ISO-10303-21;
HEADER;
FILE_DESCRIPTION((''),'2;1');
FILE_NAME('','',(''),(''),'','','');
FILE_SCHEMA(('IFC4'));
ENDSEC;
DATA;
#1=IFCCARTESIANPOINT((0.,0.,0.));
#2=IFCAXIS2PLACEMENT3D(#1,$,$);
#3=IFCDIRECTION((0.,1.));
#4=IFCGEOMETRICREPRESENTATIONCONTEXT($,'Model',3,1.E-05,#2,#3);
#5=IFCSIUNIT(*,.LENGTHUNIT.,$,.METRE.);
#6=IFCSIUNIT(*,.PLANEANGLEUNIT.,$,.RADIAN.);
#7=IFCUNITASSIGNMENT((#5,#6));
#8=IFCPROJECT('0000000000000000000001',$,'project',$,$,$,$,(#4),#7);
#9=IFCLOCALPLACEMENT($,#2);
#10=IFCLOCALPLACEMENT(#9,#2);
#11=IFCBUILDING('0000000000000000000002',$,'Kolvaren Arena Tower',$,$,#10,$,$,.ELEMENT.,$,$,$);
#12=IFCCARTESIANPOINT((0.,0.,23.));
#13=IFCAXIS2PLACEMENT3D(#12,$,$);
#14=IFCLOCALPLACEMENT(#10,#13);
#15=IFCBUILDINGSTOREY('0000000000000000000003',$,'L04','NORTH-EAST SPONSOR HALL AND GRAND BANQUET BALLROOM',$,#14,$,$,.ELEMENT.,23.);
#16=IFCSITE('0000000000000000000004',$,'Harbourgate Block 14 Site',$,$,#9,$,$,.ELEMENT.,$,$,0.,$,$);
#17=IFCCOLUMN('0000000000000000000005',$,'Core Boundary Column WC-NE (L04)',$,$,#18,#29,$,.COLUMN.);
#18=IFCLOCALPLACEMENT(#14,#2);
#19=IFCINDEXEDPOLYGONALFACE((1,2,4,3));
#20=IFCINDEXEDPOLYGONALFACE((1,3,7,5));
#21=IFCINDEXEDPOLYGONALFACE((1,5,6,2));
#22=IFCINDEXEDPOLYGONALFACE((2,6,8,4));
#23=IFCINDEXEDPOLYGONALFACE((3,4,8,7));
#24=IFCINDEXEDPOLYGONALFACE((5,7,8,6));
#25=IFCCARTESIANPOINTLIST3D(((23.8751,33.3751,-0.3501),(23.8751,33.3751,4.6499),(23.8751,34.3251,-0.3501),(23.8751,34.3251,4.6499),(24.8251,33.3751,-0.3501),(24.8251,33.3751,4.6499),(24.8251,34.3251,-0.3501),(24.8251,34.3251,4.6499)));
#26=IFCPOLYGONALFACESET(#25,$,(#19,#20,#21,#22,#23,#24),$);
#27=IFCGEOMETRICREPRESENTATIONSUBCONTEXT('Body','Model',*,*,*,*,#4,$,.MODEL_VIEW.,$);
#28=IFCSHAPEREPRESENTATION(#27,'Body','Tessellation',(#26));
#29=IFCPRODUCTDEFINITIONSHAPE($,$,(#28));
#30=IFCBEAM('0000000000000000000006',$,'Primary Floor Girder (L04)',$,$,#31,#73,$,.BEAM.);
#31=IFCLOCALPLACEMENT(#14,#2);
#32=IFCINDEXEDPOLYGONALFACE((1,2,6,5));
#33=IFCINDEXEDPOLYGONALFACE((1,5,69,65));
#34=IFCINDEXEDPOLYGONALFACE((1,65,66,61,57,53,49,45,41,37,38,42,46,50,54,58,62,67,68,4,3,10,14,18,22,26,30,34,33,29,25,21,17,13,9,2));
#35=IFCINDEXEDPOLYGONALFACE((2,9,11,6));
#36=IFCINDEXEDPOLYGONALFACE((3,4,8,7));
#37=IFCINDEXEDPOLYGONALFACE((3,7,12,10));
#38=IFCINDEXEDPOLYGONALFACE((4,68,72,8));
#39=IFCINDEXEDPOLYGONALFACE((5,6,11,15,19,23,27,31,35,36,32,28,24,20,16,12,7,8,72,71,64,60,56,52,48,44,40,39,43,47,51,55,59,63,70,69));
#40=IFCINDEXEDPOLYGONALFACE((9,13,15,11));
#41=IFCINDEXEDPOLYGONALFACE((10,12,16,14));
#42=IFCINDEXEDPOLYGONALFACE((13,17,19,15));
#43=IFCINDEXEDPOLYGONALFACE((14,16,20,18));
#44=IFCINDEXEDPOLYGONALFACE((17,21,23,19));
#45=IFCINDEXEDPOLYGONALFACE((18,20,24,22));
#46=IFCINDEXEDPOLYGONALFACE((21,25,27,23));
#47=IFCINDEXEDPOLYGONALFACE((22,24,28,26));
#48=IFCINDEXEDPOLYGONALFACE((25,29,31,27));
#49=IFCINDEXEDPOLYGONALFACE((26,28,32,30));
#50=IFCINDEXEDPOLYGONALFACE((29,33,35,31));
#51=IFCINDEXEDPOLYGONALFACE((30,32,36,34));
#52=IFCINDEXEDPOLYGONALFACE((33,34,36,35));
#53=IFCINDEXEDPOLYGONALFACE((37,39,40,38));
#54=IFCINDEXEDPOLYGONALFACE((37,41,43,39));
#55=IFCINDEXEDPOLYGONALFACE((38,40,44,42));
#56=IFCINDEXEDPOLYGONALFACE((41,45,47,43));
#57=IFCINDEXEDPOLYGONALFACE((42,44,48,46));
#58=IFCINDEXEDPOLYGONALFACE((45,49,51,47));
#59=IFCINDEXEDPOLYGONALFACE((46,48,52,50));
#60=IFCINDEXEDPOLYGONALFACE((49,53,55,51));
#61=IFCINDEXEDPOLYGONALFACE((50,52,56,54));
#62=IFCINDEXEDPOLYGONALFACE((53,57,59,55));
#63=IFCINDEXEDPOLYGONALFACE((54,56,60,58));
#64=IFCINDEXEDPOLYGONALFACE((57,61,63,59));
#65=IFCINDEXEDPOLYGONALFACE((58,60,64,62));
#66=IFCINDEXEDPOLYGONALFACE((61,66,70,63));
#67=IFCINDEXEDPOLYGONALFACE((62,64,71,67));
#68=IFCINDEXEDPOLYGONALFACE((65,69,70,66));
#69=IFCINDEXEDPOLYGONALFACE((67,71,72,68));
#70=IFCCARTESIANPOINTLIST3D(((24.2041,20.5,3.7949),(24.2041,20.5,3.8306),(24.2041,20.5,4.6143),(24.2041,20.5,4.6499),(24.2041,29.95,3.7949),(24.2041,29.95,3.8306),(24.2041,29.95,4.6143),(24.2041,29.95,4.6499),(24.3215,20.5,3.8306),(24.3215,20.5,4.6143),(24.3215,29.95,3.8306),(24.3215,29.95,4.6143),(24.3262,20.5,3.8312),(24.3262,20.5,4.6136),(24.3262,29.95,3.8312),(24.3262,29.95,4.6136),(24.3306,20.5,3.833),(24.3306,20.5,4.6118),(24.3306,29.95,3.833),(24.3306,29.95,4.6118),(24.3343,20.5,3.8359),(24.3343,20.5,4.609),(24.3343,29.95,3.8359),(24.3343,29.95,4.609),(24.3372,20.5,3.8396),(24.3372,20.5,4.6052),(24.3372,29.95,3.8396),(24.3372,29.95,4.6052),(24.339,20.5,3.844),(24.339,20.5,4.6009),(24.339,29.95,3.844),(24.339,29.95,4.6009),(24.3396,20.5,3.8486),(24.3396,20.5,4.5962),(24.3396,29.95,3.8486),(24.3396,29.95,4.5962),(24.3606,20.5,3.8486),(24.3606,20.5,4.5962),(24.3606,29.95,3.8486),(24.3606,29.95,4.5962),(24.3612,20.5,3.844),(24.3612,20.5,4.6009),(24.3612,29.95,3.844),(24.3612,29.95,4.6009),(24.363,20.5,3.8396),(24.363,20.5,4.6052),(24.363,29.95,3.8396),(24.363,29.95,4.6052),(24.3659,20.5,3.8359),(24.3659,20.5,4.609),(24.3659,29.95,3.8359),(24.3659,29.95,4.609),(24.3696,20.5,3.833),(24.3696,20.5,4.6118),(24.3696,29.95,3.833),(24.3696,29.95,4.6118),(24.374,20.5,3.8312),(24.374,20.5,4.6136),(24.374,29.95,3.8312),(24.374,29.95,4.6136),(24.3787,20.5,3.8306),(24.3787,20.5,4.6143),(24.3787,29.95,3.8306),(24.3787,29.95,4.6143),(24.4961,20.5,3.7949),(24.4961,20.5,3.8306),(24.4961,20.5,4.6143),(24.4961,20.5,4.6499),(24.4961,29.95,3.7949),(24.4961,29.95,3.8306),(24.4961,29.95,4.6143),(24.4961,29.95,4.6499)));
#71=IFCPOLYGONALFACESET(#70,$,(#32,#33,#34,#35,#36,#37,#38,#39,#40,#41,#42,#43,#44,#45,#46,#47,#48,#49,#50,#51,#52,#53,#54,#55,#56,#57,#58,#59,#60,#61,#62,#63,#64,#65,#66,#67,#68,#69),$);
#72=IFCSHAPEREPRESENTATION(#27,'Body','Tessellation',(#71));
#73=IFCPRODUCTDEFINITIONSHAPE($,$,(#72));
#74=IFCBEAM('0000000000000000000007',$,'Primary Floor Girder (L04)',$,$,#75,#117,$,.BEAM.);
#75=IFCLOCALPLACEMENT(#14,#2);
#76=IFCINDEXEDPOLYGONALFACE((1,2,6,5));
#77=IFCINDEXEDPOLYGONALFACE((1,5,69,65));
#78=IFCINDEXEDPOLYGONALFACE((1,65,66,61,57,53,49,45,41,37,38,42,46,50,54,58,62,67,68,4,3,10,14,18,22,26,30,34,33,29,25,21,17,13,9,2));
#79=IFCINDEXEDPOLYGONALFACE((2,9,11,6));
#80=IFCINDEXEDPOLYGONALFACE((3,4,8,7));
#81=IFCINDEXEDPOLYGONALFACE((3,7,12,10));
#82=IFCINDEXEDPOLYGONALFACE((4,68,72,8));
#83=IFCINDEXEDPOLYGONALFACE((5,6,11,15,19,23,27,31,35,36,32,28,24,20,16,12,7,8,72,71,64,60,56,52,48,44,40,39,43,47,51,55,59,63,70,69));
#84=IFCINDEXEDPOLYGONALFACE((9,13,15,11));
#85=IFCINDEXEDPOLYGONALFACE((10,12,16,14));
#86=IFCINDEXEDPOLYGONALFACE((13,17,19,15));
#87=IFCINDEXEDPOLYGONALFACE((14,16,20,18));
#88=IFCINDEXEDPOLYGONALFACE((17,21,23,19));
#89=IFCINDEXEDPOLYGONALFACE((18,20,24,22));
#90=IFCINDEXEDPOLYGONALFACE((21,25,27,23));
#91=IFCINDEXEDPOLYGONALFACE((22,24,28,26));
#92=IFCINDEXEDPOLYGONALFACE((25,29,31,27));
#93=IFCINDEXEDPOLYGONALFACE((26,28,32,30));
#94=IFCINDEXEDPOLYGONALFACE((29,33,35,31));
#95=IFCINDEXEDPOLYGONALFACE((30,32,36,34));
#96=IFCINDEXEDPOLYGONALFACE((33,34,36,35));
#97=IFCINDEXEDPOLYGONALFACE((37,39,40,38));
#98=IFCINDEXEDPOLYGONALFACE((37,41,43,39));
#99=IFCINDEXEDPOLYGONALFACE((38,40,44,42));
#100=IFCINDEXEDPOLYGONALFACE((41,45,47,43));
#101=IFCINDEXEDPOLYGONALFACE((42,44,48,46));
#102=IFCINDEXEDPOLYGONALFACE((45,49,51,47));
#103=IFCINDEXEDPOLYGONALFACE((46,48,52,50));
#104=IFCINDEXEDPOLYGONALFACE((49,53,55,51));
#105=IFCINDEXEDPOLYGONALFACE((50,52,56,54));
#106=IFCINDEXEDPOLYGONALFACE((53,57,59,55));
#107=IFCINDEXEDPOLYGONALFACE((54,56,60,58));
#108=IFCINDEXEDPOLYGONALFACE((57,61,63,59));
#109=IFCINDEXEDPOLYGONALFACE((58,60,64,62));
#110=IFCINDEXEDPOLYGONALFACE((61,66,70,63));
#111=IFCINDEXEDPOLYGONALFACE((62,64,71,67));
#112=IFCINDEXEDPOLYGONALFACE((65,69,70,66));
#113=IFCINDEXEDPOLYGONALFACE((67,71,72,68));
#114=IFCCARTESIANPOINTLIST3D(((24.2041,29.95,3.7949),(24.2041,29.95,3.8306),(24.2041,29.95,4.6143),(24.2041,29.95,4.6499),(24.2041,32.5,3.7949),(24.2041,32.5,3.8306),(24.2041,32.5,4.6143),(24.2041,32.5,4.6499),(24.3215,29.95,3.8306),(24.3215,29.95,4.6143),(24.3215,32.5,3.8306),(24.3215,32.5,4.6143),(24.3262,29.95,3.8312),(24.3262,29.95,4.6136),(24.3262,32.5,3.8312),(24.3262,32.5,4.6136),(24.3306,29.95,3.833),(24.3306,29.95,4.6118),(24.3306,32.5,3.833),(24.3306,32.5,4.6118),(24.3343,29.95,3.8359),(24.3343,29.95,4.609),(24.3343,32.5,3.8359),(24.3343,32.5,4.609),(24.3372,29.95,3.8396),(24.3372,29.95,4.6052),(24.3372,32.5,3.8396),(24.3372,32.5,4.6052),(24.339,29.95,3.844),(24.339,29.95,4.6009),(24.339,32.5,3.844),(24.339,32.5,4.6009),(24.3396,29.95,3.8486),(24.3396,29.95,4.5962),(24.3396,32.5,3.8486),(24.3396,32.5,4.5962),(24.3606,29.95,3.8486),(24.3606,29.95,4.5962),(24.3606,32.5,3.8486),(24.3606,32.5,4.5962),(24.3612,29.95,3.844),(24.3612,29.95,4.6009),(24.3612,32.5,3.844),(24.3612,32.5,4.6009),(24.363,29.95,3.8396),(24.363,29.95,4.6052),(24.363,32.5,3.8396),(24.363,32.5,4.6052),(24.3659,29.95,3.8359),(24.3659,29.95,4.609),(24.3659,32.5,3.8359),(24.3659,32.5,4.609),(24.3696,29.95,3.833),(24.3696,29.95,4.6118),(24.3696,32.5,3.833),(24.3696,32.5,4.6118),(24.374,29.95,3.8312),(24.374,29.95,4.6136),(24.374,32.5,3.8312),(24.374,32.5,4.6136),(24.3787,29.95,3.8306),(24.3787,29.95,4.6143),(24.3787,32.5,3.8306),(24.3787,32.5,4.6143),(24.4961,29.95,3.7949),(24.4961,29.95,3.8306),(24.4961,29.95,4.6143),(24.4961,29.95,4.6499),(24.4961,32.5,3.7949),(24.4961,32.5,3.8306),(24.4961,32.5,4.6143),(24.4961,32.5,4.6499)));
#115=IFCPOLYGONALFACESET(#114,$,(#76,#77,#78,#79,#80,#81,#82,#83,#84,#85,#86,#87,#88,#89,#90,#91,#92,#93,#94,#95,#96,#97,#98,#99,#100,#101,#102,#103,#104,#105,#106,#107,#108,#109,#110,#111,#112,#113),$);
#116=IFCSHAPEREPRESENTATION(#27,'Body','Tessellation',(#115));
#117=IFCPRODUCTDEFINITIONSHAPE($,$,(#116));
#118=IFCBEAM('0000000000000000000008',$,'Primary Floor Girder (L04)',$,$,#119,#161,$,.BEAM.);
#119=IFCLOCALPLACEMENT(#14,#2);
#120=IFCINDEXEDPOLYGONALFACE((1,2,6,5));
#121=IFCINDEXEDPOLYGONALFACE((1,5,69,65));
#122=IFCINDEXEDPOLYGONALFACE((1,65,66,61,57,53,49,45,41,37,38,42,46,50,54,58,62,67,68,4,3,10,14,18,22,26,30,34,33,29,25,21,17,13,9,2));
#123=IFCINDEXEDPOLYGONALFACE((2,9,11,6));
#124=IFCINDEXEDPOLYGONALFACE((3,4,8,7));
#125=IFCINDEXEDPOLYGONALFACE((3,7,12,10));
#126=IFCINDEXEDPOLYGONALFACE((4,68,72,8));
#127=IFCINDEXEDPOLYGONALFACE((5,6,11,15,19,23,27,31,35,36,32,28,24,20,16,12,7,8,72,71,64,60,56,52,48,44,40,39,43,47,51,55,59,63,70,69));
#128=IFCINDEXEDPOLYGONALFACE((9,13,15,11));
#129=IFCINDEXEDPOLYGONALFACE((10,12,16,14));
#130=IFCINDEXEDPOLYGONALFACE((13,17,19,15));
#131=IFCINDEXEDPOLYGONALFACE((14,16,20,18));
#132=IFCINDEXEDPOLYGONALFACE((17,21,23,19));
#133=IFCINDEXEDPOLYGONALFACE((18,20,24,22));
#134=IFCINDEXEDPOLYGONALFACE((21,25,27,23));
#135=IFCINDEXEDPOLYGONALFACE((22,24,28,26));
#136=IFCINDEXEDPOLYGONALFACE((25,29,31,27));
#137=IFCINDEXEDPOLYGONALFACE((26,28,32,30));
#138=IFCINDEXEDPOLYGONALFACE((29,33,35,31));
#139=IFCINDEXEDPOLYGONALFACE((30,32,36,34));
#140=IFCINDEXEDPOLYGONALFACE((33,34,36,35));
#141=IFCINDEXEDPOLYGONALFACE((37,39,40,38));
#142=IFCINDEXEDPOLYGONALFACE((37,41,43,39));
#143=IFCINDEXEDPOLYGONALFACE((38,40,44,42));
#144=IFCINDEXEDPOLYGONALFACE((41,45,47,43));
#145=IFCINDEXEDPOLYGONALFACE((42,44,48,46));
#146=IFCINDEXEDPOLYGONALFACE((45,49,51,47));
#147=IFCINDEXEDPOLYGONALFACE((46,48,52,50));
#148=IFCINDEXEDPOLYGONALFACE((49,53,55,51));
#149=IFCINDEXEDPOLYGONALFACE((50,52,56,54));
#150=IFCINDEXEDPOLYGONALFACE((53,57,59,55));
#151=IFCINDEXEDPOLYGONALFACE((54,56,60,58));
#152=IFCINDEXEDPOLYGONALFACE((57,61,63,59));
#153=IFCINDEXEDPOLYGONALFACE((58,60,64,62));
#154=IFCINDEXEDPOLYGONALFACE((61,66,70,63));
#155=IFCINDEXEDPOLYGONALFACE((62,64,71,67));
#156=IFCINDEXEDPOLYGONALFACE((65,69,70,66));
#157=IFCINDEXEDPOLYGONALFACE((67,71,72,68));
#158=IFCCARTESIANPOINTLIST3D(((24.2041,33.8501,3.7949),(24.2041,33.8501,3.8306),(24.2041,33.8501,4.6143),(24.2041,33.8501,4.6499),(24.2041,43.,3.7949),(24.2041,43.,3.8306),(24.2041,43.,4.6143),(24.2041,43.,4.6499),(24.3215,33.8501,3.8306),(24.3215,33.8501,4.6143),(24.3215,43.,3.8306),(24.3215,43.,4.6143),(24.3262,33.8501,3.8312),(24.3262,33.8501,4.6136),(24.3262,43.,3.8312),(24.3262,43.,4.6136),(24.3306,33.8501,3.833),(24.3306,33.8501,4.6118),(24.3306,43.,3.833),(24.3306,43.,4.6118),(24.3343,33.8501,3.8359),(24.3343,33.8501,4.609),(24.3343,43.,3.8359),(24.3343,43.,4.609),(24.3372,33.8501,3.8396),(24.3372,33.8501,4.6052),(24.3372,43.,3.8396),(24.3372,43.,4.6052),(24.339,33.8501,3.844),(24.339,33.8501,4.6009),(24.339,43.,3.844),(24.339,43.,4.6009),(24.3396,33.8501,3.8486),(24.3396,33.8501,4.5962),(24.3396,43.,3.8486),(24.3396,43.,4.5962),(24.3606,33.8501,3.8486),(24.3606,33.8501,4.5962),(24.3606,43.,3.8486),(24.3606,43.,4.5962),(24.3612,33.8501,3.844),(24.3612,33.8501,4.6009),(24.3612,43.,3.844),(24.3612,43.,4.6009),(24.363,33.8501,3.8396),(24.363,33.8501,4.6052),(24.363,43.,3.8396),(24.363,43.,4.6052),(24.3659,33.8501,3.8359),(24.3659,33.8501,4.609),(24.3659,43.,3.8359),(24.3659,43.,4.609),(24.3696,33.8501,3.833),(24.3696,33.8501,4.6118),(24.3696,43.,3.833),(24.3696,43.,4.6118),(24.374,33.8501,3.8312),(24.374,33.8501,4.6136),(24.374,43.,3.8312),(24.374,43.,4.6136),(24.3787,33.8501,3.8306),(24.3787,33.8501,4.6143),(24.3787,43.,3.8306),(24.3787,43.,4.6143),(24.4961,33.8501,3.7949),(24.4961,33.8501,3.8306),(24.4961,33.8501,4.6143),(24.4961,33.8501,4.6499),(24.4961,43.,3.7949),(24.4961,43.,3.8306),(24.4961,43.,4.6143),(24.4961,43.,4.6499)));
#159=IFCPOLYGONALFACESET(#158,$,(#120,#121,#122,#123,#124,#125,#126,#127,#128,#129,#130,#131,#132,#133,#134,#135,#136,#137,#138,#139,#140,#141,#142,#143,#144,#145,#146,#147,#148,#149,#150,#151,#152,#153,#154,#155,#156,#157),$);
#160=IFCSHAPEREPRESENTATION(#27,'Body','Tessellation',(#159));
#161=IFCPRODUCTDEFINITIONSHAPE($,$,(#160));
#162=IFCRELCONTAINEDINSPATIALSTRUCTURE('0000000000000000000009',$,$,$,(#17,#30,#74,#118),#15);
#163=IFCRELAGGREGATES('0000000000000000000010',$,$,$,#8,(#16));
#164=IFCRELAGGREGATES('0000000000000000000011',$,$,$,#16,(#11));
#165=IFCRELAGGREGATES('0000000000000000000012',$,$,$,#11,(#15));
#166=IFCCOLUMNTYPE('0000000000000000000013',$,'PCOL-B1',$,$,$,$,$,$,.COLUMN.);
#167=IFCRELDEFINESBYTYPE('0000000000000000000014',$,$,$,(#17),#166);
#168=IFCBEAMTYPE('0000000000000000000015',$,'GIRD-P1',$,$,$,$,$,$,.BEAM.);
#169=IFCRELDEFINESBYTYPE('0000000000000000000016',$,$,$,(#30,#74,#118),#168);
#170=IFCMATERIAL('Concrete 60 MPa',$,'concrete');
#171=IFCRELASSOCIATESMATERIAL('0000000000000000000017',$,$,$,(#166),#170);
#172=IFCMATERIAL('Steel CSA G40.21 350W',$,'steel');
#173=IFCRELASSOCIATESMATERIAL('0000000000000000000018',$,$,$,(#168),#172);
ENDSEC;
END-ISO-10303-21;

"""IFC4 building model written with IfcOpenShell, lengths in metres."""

from ifc_helpers import new_model, si_unit, direction, frame, origin, origin_2d, place, context, subcontext, project, spatial, rectangle, i_section, extrude, material, material_profile, profile_set, type_object, element, save


model = new_model("IFC4")

# Units and contexts
model_context = context("Model", 3, precision=1e-05, world=origin(), true_north=direction((0.0, 1.0)))
body_context = subcontext(model_context, "Body", "Model", "MODEL_VIEW")
ifc_project = project(units=[si_unit("LENGTHUNIT", "METRE"), si_unit("PLANEANGLEUNIT", "RADIAN")], contexts=[model_context])

# Site, building, storey
site_placement = place(None, origin())
site = spatial("IfcSite", under=ifc_project, at=site_placement, Name="Harbourgate Block 14 Site", CompositionType="ELEMENT", RefElevation=0.0)
building_placement = place(site_placement, origin())
building = spatial("IfcBuilding", under=site, at=building_placement, Name="Kolvaren Arena Tower", CompositionType="ELEMENT")
storey_placement = place(building_placement, frame((0.0, 0.0, 23.0)))
storey = spatial("IfcBuildingStorey", under=building, at=storey_placement, Name="L04", Description="NORTH-EAST SPONSOR HALL AND GRAND BANQUET BALLROOM", CompositionType="ELEMENT", Elevation=23.0)

# Column
ifc_material_1 = material(Name="Concrete 60 MPa", Category="concrete")
ifc_material_profile_1 = material_profile(ifc_material_1, rectangle(XDim=0.95, YDim=0.95, at=origin_2d()), Name="RC-950x950")
ifc_profile_set_1 = profile_set([ifc_material_profile_1], Name="Concrete 60 MPa")
column_type = type_object("IfcColumnType", Name="PCOL-B1", PredefinedType="COLUMN", material=ifc_profile_set_1)
column_placement = place(storey_placement, frame((24.3501, 33.8501, -0.3501), z_axis=(0.0, 0.0, 1.0), x_axis=(1.0, 0.0, 0.0)))
element("IfcColumn", 1, at=column_placement, inside=storey, type_object=column_type, Name="Core Boundary Column WC-NE (L04)", PredefinedType="COLUMN", context=body_context, shape_type="SweptSolid", body=[
    extrude(rectangle(XDim=0.95, YDim=0.95, at=origin_2d()), origin(), (0.0, 0.0, 1.0), 5.0),
])

# Beams
ifc_material_2 = material(Name="Steel CSA G40.21 350W", Category="steel")
ifc_material_profile_2 = material_profile(ifc_material_2, i_section(OverallWidth=0.292, OverallDepth=0.855, WebThickness=0.021, FlangeThickness=0.0356, FilletRadius=0.0181, at=origin_2d()), Name="W840x299")
ifc_profile_set_2 = profile_set([ifc_material_profile_2], Name="Steel CSA G40.21 350W")
beam_type_1 = type_object("IfcBeamType", Name="GIRD-P1", PredefinedType="BEAM", material=ifc_profile_set_2)
beam_1_placement = place(storey_placement, frame((24.3501, 20.5, 4.2224), z_axis=(0.0, 1.0, 0.0), x_axis=(-1.0, 0.0, 0.0)))
element("IfcBeam", 2, at=beam_1_placement, inside=storey, type_object=beam_type_1, Name="Primary Floor Girder (L04)", PredefinedType="BEAM", context=body_context, shape_type="SweptSolid", body=[
    extrude(i_section(OverallWidth=0.292, OverallDepth=0.855, WebThickness=0.021, FlangeThickness=0.0356, FilletRadius=0.0181, at=origin_2d()), origin(), (0.0, 0.0, 1.0), 9.45),
])
beam_2_placement = place(storey_placement, frame((24.3501, 29.95, 4.2224), z_axis=(0.0, 1.0, 0.0), x_axis=(-1.0, 0.0, 0.0)))
element("IfcBeam", 3, at=beam_2_placement, inside=storey, type_object=beam_type_1, Name="Primary Floor Girder (L04)", PredefinedType="BEAM", context=body_context, shape_type="SweptSolid", body=[
    extrude(i_section(OverallWidth=0.292, OverallDepth=0.855, WebThickness=0.021, FlangeThickness=0.0356, FilletRadius=0.0181, at=origin_2d()), origin(), (0.0, 0.0, 1.0), 2.55),
])
beam_3_placement = place(storey_placement, frame((24.3501, 33.8501, 4.2224), z_axis=(0.0, 1.0, 0.0), x_axis=(-1.0, 0.0, 0.0)))
element("IfcBeam", 4, at=beam_3_placement, inside=storey, type_object=beam_type_1, Name="Primary Floor Girder (L04)", PredefinedType="BEAM", context=body_context, shape_type="SweptSolid", body=[
    extrude(i_section(OverallWidth=0.292, OverallDepth=0.855, WebThickness=0.021, FlangeThickness=0.0356, FilletRadius=0.0181, at=origin_2d()), origin(), (0.0, 0.0, 1.0), 9.1499),
])

save(model, "model.ifc")
